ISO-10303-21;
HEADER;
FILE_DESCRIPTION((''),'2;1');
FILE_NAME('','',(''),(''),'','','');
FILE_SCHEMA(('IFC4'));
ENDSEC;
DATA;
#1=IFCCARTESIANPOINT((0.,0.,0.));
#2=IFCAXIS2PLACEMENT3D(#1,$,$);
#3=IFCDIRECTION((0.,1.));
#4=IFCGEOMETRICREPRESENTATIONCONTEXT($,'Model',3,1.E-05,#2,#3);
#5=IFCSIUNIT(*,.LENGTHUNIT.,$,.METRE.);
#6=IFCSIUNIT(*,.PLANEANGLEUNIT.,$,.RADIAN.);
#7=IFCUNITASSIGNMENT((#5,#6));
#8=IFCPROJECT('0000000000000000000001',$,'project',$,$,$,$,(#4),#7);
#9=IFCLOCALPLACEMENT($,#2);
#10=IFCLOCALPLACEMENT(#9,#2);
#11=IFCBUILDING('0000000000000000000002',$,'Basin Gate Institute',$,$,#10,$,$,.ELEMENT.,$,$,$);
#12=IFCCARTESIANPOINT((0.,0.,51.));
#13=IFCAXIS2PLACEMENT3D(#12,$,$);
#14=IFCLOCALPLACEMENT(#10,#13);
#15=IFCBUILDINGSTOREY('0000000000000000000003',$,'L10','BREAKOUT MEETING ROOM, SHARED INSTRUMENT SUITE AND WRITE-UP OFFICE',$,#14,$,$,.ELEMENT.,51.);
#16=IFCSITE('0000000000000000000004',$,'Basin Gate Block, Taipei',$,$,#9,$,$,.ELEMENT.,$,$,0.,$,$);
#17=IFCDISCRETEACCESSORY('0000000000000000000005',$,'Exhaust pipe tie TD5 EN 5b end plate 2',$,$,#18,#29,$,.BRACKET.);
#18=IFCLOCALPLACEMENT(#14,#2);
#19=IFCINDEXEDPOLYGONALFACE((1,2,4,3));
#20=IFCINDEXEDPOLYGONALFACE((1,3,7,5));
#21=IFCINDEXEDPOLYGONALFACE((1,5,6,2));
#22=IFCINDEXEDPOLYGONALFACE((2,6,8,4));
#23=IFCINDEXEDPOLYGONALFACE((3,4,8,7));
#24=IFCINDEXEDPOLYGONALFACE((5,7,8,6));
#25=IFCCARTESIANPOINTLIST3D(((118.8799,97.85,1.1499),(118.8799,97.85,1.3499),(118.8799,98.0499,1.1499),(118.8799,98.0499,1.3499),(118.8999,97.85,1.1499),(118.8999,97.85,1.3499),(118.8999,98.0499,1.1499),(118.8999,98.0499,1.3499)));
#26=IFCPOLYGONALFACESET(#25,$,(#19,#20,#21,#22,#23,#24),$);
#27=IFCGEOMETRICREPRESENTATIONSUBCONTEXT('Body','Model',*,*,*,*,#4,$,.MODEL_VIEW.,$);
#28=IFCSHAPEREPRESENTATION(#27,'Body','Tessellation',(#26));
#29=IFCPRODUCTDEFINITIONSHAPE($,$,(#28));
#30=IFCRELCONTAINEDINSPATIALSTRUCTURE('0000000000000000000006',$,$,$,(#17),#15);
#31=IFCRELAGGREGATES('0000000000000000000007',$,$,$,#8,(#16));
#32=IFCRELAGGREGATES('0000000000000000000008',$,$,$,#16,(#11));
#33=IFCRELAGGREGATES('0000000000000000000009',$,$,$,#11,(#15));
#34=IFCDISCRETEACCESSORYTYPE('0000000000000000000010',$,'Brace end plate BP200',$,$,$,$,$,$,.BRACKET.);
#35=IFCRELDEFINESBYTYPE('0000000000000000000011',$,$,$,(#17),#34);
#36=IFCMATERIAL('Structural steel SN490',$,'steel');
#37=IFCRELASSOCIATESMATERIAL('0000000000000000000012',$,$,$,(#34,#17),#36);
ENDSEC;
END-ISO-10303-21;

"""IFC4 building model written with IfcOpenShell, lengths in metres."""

from ifc_helpers import new_model, si_unit, direction, frame, origin, origin_2d, place, context, subcontext, project, spatial, rectangle, extrude, material, type_object, element, save


model = new_model("IFC4")

# Units and contexts
model_context = context("Model", 3, precision=1e-05, world=origin(), true_north=direction((0.0, 1.0)))
body_context = subcontext(model_context, "Body", "Model", "MODEL_VIEW")
ifc_project = project(units=[si_unit("LENGTHUNIT", "METRE"), si_unit("PLANEANGLEUNIT", "RADIAN")], contexts=[model_context])

# Site, building, storey
site_placement = place(None, origin())
site = spatial("IfcSite", under=ifc_project, at=site_placement, Name="Basin Gate Block, Taipei", CompositionType="ELEMENT", RefElevation=0.0)
building_placement = place(site_placement, origin())
building = spatial("IfcBuilding", under=site, at=building_placement, Name="Basin Gate Institute", CompositionType="ELEMENT")
storey_placement = place(building_placement, frame((0.0, 0.0, 51.0)))
storey = spatial("IfcBuildingStorey", under=building, at=storey_placement, Name="L10", Description="BREAKOUT MEETING ROOM, SHARED INSTRUMENT SUITE AND WRITE-UP OFFICE", CompositionType="ELEMENT", Elevation=51.0)

# Discrete accessory
ifc_material_1 = material(Name="Structural steel SN490", Category="steel")
discrete_accessory_type = type_object("IfcDiscreteAccessoryType", Name="Brace end plate BP200", PredefinedType="BRACKET", material=ifc_material_1)
for number, where, z_axis, x_axis, name in (
    (1, (118.8899, 97.95, 1.1499), (0.0, 0.0, 1.0), (1.0, 0.0, 0.0), "Exhaust pipe tie TD5 EN 5b end plate 2"),
):
    element("IfcDiscreteAccessory", number, at=place(storey_placement, frame(where, z_axis=z_axis, x_axis=x_axis)), inside=storey, type_object=discrete_accessory_type, material=ifc_material_1, Name=name, PredefinedType="BRACKET", context=body_context, shape_type="SweptSolid", body=[
        extrude(rectangle(XDim=0.02, YDim=0.2, at=origin_2d()), origin(), (0.0, 0.0, 1.0), 0.2),
    ])

save(model, "model.ifc")
